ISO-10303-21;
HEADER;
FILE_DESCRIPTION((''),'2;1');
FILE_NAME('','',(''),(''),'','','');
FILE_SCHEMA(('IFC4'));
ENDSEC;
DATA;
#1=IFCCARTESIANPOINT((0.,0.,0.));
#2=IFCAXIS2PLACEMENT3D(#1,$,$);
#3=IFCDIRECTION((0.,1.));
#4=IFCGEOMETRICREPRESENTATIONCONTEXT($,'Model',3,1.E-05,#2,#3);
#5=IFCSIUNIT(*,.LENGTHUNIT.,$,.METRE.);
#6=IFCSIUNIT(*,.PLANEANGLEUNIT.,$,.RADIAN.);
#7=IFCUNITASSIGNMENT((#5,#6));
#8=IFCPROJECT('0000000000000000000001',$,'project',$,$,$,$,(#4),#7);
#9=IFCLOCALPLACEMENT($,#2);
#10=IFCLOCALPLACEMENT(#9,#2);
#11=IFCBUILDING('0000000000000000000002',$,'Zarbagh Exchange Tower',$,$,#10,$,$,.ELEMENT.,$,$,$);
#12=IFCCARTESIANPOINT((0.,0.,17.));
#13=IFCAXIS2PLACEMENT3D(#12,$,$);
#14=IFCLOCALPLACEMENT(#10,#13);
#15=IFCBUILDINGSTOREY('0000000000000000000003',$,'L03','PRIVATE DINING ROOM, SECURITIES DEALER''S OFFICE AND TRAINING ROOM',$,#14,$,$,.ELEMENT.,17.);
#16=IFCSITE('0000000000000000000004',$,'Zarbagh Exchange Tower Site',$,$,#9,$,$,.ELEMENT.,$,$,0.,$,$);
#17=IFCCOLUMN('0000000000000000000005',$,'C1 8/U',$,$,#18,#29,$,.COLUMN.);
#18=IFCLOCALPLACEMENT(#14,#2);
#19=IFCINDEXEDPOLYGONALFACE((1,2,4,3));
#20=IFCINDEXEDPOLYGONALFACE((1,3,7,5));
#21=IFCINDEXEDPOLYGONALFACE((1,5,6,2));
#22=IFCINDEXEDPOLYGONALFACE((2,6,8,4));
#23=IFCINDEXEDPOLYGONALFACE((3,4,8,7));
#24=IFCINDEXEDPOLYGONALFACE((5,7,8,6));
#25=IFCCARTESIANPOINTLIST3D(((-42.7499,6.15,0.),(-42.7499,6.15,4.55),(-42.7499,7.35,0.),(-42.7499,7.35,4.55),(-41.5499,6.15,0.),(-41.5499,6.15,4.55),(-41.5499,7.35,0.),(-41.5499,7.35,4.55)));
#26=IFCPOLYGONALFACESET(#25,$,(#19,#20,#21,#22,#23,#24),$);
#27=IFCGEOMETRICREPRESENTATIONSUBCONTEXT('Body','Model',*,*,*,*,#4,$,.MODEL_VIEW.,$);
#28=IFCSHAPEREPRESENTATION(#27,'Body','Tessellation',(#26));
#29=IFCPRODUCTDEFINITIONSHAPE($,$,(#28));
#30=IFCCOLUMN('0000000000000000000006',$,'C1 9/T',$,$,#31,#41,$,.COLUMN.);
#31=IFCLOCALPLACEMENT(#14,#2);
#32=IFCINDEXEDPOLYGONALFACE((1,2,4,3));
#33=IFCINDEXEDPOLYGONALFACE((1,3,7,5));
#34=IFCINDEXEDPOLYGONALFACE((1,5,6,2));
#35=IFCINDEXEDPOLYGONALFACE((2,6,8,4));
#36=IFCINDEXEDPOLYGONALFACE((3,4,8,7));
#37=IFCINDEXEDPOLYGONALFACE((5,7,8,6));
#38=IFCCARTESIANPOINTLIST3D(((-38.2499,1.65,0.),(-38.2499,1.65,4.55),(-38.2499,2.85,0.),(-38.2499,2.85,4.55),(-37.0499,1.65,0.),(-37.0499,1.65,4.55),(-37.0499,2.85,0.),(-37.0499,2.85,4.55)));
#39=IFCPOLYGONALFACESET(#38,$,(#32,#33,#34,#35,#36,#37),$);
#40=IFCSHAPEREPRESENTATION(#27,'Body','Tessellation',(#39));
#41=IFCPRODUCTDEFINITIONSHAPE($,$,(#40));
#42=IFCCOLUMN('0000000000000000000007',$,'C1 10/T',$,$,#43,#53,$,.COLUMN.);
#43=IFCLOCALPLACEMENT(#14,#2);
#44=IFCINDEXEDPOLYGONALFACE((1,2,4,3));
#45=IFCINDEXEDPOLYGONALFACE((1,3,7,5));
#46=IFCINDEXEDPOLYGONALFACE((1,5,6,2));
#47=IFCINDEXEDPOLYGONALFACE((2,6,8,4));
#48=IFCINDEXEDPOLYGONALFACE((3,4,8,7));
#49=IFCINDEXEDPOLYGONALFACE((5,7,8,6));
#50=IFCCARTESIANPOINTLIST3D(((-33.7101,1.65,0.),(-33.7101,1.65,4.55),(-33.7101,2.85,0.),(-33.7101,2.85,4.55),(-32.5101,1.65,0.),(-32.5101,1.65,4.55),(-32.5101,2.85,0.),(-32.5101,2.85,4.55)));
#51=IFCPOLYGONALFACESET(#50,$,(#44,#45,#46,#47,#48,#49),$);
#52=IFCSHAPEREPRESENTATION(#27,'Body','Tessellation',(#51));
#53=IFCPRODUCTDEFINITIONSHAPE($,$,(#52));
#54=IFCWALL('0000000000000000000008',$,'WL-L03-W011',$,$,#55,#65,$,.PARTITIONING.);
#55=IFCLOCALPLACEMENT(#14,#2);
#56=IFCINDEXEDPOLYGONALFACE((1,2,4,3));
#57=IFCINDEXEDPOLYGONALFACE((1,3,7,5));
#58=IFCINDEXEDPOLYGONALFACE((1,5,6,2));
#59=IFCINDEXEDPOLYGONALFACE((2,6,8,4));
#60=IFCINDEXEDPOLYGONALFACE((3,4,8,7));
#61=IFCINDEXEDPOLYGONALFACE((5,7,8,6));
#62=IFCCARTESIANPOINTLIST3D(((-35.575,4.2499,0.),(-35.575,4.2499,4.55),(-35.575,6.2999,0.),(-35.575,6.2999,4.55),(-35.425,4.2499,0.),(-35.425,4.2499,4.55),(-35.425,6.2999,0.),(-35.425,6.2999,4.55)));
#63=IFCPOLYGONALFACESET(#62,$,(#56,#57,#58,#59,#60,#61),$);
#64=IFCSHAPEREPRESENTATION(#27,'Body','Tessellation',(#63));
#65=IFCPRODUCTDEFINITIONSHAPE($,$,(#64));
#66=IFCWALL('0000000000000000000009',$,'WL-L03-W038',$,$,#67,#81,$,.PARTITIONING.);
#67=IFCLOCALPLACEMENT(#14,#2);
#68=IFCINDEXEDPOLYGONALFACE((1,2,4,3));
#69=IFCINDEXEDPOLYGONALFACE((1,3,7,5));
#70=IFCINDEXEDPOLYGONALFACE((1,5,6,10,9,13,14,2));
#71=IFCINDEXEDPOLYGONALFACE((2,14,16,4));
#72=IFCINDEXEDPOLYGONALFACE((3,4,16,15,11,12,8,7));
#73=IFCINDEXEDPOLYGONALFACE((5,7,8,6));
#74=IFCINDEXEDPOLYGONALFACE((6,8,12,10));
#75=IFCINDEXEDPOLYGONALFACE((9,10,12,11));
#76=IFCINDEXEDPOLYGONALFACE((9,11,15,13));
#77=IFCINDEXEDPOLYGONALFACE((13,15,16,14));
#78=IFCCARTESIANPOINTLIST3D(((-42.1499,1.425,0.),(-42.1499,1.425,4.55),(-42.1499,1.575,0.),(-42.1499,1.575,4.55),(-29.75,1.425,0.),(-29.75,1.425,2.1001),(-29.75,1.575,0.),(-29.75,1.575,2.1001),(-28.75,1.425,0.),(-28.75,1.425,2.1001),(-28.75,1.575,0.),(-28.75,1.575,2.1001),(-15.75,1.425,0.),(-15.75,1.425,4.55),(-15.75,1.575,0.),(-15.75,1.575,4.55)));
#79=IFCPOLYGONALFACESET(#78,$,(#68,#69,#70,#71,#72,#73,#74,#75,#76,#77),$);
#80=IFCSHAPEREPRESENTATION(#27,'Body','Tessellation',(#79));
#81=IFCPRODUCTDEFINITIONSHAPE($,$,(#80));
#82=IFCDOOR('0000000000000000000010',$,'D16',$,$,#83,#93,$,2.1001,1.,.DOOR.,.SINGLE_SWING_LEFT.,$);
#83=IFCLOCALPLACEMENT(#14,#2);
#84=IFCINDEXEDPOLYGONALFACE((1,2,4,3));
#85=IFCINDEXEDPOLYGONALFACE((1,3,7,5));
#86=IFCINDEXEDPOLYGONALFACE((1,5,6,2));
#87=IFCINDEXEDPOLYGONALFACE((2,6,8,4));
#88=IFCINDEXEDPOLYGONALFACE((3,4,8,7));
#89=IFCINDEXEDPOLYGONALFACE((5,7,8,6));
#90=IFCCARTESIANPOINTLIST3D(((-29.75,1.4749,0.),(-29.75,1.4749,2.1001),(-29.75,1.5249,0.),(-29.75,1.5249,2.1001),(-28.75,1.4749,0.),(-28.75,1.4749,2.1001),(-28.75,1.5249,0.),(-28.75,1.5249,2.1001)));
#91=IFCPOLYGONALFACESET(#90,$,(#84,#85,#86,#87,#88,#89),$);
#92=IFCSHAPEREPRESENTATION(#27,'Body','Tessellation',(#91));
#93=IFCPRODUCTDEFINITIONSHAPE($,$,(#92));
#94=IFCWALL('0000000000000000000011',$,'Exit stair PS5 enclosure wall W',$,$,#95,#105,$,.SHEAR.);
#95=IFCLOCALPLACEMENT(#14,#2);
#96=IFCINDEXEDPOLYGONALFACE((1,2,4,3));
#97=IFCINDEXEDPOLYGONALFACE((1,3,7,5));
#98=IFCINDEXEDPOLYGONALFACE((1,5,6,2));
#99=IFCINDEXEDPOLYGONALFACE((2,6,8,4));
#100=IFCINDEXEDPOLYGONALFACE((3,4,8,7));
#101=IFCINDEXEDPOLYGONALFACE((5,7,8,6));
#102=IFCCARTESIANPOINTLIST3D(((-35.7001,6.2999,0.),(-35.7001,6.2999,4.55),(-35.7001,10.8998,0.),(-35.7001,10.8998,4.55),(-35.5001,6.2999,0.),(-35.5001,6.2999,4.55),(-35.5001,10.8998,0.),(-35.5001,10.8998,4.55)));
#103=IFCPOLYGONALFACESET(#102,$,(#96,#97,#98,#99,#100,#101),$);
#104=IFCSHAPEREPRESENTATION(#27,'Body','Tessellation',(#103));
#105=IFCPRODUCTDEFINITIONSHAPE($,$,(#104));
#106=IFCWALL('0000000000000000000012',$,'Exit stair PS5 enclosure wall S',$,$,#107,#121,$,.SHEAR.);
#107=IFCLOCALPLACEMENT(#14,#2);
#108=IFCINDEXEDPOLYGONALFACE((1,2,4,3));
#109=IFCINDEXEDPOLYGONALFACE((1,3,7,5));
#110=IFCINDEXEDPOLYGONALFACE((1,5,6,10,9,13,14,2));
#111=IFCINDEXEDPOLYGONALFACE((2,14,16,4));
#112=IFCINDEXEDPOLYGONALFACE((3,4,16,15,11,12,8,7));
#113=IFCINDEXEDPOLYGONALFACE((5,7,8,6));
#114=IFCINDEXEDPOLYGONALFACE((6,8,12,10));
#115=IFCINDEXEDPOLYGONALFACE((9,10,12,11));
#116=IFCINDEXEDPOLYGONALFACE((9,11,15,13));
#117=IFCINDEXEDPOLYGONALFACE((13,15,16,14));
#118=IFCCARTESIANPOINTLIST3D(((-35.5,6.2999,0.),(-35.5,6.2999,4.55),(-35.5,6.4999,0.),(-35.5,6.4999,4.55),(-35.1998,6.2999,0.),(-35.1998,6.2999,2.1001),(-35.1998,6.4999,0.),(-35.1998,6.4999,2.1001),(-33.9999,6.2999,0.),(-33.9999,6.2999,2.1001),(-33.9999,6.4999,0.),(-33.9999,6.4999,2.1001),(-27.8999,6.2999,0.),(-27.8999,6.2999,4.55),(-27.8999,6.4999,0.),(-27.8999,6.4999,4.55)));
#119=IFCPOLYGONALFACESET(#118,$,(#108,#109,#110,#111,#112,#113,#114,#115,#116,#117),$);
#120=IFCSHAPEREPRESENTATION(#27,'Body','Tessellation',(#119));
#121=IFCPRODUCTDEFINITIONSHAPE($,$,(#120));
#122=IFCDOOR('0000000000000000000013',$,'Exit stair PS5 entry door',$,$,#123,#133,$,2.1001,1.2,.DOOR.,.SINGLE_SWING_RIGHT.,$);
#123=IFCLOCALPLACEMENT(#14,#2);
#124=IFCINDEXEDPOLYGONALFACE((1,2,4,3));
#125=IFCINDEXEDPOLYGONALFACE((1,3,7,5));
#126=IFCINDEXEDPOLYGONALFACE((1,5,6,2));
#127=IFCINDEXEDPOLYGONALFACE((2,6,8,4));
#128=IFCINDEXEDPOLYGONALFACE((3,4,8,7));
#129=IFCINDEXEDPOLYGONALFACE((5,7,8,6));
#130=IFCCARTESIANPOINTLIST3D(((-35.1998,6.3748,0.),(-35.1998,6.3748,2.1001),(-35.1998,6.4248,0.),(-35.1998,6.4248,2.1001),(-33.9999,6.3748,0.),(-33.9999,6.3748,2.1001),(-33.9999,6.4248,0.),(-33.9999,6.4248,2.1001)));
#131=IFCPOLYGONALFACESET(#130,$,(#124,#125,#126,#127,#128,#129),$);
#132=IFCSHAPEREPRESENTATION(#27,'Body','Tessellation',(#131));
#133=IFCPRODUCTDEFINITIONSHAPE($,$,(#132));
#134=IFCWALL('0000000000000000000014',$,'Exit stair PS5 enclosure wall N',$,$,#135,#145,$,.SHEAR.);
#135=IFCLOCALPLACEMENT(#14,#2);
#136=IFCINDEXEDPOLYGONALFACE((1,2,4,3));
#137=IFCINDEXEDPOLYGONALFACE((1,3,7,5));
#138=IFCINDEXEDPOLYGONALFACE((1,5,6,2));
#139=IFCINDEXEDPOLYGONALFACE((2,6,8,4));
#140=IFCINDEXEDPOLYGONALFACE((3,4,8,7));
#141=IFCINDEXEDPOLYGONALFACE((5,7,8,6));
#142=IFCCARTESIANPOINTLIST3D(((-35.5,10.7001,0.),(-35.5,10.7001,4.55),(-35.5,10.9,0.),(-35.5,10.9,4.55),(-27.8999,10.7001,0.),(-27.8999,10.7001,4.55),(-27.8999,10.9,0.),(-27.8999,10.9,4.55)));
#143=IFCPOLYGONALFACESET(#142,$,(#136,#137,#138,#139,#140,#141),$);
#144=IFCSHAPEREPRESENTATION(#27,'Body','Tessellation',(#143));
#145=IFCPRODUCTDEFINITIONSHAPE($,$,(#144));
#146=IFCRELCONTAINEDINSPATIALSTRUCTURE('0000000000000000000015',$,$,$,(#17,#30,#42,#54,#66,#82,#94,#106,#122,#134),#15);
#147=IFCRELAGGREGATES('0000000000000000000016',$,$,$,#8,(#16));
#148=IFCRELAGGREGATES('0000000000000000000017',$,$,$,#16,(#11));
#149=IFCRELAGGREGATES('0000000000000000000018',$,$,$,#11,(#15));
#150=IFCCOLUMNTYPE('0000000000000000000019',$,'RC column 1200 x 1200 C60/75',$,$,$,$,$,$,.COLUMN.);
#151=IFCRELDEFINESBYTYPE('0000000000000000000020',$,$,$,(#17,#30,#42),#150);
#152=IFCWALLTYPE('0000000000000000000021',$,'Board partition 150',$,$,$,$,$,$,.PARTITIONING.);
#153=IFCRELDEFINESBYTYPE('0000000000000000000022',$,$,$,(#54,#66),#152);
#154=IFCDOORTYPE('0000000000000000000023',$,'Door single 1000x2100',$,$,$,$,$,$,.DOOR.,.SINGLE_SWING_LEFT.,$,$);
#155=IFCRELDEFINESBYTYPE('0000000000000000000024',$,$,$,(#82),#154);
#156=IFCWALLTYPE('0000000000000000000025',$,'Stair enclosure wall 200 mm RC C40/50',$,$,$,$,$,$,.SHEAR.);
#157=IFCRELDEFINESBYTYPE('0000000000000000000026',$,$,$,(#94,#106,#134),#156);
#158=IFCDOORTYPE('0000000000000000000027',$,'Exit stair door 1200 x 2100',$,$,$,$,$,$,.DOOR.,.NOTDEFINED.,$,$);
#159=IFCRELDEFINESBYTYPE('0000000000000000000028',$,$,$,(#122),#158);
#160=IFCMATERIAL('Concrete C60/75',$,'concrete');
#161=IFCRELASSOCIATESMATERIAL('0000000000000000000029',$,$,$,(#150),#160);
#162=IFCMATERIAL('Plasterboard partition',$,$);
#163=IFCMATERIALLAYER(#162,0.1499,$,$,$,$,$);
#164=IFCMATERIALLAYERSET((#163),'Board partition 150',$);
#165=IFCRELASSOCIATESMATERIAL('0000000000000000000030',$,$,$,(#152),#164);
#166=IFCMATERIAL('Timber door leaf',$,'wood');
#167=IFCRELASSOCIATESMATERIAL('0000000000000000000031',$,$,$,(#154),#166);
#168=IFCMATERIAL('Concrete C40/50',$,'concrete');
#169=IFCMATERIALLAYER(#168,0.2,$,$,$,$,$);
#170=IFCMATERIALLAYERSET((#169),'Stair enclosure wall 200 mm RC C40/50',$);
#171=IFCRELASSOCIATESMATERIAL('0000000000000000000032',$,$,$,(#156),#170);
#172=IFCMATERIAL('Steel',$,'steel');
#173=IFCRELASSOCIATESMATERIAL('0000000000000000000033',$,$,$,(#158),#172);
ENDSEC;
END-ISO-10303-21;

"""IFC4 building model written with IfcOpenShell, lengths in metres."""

from ifc_helpers import new_model, si_unit, direction, frame, frame_2d, origin, origin_2d, place, context, subcontext, project, spatial, rectangle, extrude, material, layer, layer_set, material_profile, profile_set, type_object, element, fill, save


model = new_model("IFC4")

# Units and contexts
model_context = context("Model", 3, precision=1e-05, world=origin(), true_north=direction((0.0, 1.0)))
body_context = subcontext(model_context, "Body", "Model", "MODEL_VIEW")
ifc_project = project(units=[si_unit("LENGTHUNIT", "METRE"), si_unit("PLANEANGLEUNIT", "RADIAN")], contexts=[model_context])

# Site, building, storey
site_placement = place(None, origin())
site = spatial("IfcSite", under=ifc_project, at=site_placement, Name="Zarbagh Exchange Tower Site", CompositionType="ELEMENT", RefElevation=0.0)
building_placement = place(site_placement, origin())
building = spatial("IfcBuilding", under=site, at=building_placement, Name="Zarbagh Exchange Tower", CompositionType="ELEMENT")
storey_placement = place(building_placement, frame((0.0, 0.0, 17.0)))
storey = spatial("IfcBuildingStorey", under=building, at=storey_placement, Name="L03", Description="PRIVATE DINING ROOM, SECURITIES DEALER'S OFFICE AND TRAINING ROOM", CompositionType="ELEMENT", Elevation=17.0)

# Columns
ifc_material_1 = material(Name="Concrete C60/75", Category="concrete")
ifc_material_profile = material_profile(ifc_material_1, rectangle(XDim=1.2, YDim=1.2, at=origin_2d()), Name="RC column 1200 x 1200 C60/75")
ifc_profile_set = profile_set([ifc_material_profile], Name="Concrete C60/75")
column_type = type_object("IfcColumnType", Name="RC column 1200 x 1200 C60/75", PredefinedType="COLUMN", material=ifc_profile_set)
for number, where, z_axis, x_axis, name in (
    (1, (-42.1499, 6.75, 0.0), (0.0, 0.0, 1.0), (1.0, 0.0, 0.0), "C1 8/U"),
    (2, (-37.6499, 2.25, 0.0), (0.0, 0.0, 1.0), (1.0, 0.0, 0.0), "C1 9/T"),
    (3, (-33.1101, 2.25, 0.0), (0.0, 0.0, 1.0), (1.0, 0.0, 0.0), "C1 10/T"),
):
    element("IfcColumn", number, at=place(storey_placement, frame(where, z_axis=z_axis, x_axis=x_axis)), inside=storey, type_object=column_type, Name=name, PredefinedType="COLUMN", context=body_context, shape_type="SweptSolid", body=[
        extrude(rectangle(XDim=1.2, YDim=1.2, at=origin_2d()), origin(), (0.0, 0.0, 1.0), 4.55),
    ])

# Wall
ifc_material_2 = material(Name="Plasterboard partition")
ifc_layer_1 = layer(ifc_material_2, 0.1499)
ifc_layer_set_1 = layer_set([ifc_layer_1], Name="Board partition 150")
wall_type_1 = type_object("IfcWallType", Name="Board partition 150", PredefinedType="PARTITIONING", material=ifc_layer_set_1)
wall_1_placement = place(storey_placement, frame((-35.5, 4.25, 0.0), z_axis=(0.0, 0.0, 1.0), x_axis=(0.0, 1.0, 0.0)))
element("IfcWall", 4, at=wall_1_placement, inside=storey, type_object=wall_type_1, Name="WL-L03-W011", PredefinedType="PARTITIONING", context=body_context, shape_type="SweptSolid", body=[
    extrude(rectangle(XDim=2.05, YDim=0.1499, at=frame_2d((1.0249, 0.0))), origin(), (0.0, 0.0, 1.0), 4.55),
])

# Wall, opening, door
wall_2_placement = place(storey_placement, frame((-42.1499, 1.5, 0.0), z_axis=(0.0, 0.0, 1.0), x_axis=(1.0, 0.0, 0.0)))
wall_2 = element("IfcWall", 5, at=wall_2_placement, inside=storey, type_object=wall_type_1, Name="WL-L03-W038", PredefinedType="PARTITIONING", context=body_context, shape_type="SweptSolid", body=[
    extrude(rectangle(XDim=26.3999, YDim=0.1499, at=frame_2d((13.2, 0.0))), origin(), (0.0, 0.0, 1.0), 4.55),
])
opening_1_placement = place(wall_2_placement, frame((12.3999, 0.0, 0.0)))
opening_1 = element("IfcOpeningElement", 6, at=opening_1_placement, cuts=wall_2, PredefinedType="OPENING", context=body_context, shape_type="SweptSolid", body=[
    extrude(rectangle(XDim=1.0, YDim=2.1001, at=frame_2d((0.5, 1.05))), frame((0.0, 0.085, 0.0), z_axis=(0.0, -1.0, 0.0), x_axis=(1.0, 0.0, 0.0)), (0.0, 0.0, 1.0), 0.1699),
])
ifc_material_3 = material(Name="Timber door leaf", Category="wood")
door_type_1 = type_object("IfcDoorType", Name="Door single 1000x2100", OperationType="SINGLE_SWING_LEFT", PredefinedType="DOOR", material=ifc_material_3)
door_1_placement = place(opening_1_placement, origin())
door_1 = element("IfcDoor", 7, at=door_1_placement, inside=storey, type_object=door_type_1, Name="D16", OperationType="SINGLE_SWING_LEFT", OverallHeight=2.1001, OverallWidth=1.0, PredefinedType="DOOR", context=body_context, shape_type="SweptSolid", body=[
    extrude(rectangle(XDim=1.0, YDim=2.1001, at=frame_2d((0.5, 1.05))), frame((0.0, 0.0249, 0.0), z_axis=(0.0, -1.0, 0.0), x_axis=(1.0, 0.0, 0.0)), (0.0, 0.0, 1.0), 0.05),
])
fill(opening_1, door_1)

# Wall
ifc_material_4 = material(Name="Concrete C40/50", Category="concrete")
ifc_layer_2 = layer(ifc_material_4, 0.2)
ifc_layer_set_2 = layer_set([ifc_layer_2], Name="Stair enclosure wall 200 mm RC C40/50")
wall_type_2 = type_object("IfcWallType", Name="Stair enclosure wall 200 mm RC C40/50", PredefinedType="SHEAR", material=ifc_layer_set_2)
wall_3_placement = place(storey_placement, frame((-35.6001, 6.3, 0.0), z_axis=(0.0, 0.0, 1.0), x_axis=(0.0, 1.0, 0.0)))
element("IfcWall", 8, at=wall_3_placement, inside=storey, type_object=wall_type_2, Name="Exit stair PS5 enclosure wall W", PredefinedType="SHEAR", context=body_context, shape_type="SweptSolid", body=[
    extrude(rectangle(XDim=4.5999, YDim=0.2, at=frame_2d((2.2998, 0.0))), origin(), (0.0, 0.0, 1.0), 4.55),
])

# Wall, opening, door
wall_4_placement = place(storey_placement, frame((-35.5, 6.3999, 0.0), z_axis=(0.0, 0.0, 1.0), x_axis=(1.0, 0.0, 0.0)))
wall_4 = element("IfcWall", 9, at=wall_4_placement, inside=storey, type_object=wall_type_2, Name="Exit stair PS5 enclosure wall S", PredefinedType="SHEAR", context=body_context, shape_type="SweptSolid", body=[
    extrude(rectangle(XDim=7.6001, YDim=0.2, at=frame_2d((3.8, 0.0))), origin(), (0.0, 0.0, 1.0), 4.55),
])
opening_2_placement = place(wall_4_placement, frame((0.3, 0.0, 0.0)))
opening_2 = element("IfcOpeningElement", 10, at=opening_2_placement, cuts=wall_4, PredefinedType="OPENING", context=body_context, shape_type="SweptSolid", body=[
    extrude(rectangle(XDim=1.2, YDim=2.1001, at=frame_2d((0.6001, 1.05))), frame((0.0, 0.1099, 0.0), z_axis=(0.0, -1.0, 0.0), x_axis=(1.0, 0.0, 0.0)), (0.0, 0.0, 1.0), 0.22),
])
ifc_material_5 = material(Name="Steel", Category="steel")
door_type_2 = type_object("IfcDoorType", Name="Exit stair door 1200 x 2100", OperationType="NOTDEFINED", PredefinedType="DOOR", material=ifc_material_5)
door_2_placement = place(opening_2_placement, origin())
door_2 = element("IfcDoor", 11, at=door_2_placement, inside=storey, type_object=door_type_2, Name="Exit stair PS5 entry door", OperationType="SINGLE_SWING_RIGHT", OverallHeight=2.1001, OverallWidth=1.2, PredefinedType="DOOR", context=body_context, shape_type="SweptSolid", body=[
    extrude(rectangle(XDim=1.2, YDim=2.1001, at=frame_2d((0.6001, 1.05))), frame((0.0, 0.0249, 0.0), z_axis=(0.0, -1.0, 0.0), x_axis=(1.0, 0.0, 0.0)), (0.0, 0.0, 1.0), 0.05),
])
fill(opening_2, door_2)

# Wall
wall_5_placement = place(storey_placement, frame((-35.5, 10.8, 0.0), z_axis=(0.0, 0.0, 1.0), x_axis=(1.0, 0.0, 0.0)))
element("IfcWall", 12, at=wall_5_placement, inside=storey, type_object=wall_type_2, Name="Exit stair PS5 enclosure wall N", PredefinedType="SHEAR", context=body_context, shape_type="SweptSolid", body=[
    extrude(rectangle(XDim=7.6001, YDim=0.2, at=frame_2d((3.8, 0.0))), origin(), (0.0, 0.0, 1.0), 4.55),
])

save(model, "model.ifc")
